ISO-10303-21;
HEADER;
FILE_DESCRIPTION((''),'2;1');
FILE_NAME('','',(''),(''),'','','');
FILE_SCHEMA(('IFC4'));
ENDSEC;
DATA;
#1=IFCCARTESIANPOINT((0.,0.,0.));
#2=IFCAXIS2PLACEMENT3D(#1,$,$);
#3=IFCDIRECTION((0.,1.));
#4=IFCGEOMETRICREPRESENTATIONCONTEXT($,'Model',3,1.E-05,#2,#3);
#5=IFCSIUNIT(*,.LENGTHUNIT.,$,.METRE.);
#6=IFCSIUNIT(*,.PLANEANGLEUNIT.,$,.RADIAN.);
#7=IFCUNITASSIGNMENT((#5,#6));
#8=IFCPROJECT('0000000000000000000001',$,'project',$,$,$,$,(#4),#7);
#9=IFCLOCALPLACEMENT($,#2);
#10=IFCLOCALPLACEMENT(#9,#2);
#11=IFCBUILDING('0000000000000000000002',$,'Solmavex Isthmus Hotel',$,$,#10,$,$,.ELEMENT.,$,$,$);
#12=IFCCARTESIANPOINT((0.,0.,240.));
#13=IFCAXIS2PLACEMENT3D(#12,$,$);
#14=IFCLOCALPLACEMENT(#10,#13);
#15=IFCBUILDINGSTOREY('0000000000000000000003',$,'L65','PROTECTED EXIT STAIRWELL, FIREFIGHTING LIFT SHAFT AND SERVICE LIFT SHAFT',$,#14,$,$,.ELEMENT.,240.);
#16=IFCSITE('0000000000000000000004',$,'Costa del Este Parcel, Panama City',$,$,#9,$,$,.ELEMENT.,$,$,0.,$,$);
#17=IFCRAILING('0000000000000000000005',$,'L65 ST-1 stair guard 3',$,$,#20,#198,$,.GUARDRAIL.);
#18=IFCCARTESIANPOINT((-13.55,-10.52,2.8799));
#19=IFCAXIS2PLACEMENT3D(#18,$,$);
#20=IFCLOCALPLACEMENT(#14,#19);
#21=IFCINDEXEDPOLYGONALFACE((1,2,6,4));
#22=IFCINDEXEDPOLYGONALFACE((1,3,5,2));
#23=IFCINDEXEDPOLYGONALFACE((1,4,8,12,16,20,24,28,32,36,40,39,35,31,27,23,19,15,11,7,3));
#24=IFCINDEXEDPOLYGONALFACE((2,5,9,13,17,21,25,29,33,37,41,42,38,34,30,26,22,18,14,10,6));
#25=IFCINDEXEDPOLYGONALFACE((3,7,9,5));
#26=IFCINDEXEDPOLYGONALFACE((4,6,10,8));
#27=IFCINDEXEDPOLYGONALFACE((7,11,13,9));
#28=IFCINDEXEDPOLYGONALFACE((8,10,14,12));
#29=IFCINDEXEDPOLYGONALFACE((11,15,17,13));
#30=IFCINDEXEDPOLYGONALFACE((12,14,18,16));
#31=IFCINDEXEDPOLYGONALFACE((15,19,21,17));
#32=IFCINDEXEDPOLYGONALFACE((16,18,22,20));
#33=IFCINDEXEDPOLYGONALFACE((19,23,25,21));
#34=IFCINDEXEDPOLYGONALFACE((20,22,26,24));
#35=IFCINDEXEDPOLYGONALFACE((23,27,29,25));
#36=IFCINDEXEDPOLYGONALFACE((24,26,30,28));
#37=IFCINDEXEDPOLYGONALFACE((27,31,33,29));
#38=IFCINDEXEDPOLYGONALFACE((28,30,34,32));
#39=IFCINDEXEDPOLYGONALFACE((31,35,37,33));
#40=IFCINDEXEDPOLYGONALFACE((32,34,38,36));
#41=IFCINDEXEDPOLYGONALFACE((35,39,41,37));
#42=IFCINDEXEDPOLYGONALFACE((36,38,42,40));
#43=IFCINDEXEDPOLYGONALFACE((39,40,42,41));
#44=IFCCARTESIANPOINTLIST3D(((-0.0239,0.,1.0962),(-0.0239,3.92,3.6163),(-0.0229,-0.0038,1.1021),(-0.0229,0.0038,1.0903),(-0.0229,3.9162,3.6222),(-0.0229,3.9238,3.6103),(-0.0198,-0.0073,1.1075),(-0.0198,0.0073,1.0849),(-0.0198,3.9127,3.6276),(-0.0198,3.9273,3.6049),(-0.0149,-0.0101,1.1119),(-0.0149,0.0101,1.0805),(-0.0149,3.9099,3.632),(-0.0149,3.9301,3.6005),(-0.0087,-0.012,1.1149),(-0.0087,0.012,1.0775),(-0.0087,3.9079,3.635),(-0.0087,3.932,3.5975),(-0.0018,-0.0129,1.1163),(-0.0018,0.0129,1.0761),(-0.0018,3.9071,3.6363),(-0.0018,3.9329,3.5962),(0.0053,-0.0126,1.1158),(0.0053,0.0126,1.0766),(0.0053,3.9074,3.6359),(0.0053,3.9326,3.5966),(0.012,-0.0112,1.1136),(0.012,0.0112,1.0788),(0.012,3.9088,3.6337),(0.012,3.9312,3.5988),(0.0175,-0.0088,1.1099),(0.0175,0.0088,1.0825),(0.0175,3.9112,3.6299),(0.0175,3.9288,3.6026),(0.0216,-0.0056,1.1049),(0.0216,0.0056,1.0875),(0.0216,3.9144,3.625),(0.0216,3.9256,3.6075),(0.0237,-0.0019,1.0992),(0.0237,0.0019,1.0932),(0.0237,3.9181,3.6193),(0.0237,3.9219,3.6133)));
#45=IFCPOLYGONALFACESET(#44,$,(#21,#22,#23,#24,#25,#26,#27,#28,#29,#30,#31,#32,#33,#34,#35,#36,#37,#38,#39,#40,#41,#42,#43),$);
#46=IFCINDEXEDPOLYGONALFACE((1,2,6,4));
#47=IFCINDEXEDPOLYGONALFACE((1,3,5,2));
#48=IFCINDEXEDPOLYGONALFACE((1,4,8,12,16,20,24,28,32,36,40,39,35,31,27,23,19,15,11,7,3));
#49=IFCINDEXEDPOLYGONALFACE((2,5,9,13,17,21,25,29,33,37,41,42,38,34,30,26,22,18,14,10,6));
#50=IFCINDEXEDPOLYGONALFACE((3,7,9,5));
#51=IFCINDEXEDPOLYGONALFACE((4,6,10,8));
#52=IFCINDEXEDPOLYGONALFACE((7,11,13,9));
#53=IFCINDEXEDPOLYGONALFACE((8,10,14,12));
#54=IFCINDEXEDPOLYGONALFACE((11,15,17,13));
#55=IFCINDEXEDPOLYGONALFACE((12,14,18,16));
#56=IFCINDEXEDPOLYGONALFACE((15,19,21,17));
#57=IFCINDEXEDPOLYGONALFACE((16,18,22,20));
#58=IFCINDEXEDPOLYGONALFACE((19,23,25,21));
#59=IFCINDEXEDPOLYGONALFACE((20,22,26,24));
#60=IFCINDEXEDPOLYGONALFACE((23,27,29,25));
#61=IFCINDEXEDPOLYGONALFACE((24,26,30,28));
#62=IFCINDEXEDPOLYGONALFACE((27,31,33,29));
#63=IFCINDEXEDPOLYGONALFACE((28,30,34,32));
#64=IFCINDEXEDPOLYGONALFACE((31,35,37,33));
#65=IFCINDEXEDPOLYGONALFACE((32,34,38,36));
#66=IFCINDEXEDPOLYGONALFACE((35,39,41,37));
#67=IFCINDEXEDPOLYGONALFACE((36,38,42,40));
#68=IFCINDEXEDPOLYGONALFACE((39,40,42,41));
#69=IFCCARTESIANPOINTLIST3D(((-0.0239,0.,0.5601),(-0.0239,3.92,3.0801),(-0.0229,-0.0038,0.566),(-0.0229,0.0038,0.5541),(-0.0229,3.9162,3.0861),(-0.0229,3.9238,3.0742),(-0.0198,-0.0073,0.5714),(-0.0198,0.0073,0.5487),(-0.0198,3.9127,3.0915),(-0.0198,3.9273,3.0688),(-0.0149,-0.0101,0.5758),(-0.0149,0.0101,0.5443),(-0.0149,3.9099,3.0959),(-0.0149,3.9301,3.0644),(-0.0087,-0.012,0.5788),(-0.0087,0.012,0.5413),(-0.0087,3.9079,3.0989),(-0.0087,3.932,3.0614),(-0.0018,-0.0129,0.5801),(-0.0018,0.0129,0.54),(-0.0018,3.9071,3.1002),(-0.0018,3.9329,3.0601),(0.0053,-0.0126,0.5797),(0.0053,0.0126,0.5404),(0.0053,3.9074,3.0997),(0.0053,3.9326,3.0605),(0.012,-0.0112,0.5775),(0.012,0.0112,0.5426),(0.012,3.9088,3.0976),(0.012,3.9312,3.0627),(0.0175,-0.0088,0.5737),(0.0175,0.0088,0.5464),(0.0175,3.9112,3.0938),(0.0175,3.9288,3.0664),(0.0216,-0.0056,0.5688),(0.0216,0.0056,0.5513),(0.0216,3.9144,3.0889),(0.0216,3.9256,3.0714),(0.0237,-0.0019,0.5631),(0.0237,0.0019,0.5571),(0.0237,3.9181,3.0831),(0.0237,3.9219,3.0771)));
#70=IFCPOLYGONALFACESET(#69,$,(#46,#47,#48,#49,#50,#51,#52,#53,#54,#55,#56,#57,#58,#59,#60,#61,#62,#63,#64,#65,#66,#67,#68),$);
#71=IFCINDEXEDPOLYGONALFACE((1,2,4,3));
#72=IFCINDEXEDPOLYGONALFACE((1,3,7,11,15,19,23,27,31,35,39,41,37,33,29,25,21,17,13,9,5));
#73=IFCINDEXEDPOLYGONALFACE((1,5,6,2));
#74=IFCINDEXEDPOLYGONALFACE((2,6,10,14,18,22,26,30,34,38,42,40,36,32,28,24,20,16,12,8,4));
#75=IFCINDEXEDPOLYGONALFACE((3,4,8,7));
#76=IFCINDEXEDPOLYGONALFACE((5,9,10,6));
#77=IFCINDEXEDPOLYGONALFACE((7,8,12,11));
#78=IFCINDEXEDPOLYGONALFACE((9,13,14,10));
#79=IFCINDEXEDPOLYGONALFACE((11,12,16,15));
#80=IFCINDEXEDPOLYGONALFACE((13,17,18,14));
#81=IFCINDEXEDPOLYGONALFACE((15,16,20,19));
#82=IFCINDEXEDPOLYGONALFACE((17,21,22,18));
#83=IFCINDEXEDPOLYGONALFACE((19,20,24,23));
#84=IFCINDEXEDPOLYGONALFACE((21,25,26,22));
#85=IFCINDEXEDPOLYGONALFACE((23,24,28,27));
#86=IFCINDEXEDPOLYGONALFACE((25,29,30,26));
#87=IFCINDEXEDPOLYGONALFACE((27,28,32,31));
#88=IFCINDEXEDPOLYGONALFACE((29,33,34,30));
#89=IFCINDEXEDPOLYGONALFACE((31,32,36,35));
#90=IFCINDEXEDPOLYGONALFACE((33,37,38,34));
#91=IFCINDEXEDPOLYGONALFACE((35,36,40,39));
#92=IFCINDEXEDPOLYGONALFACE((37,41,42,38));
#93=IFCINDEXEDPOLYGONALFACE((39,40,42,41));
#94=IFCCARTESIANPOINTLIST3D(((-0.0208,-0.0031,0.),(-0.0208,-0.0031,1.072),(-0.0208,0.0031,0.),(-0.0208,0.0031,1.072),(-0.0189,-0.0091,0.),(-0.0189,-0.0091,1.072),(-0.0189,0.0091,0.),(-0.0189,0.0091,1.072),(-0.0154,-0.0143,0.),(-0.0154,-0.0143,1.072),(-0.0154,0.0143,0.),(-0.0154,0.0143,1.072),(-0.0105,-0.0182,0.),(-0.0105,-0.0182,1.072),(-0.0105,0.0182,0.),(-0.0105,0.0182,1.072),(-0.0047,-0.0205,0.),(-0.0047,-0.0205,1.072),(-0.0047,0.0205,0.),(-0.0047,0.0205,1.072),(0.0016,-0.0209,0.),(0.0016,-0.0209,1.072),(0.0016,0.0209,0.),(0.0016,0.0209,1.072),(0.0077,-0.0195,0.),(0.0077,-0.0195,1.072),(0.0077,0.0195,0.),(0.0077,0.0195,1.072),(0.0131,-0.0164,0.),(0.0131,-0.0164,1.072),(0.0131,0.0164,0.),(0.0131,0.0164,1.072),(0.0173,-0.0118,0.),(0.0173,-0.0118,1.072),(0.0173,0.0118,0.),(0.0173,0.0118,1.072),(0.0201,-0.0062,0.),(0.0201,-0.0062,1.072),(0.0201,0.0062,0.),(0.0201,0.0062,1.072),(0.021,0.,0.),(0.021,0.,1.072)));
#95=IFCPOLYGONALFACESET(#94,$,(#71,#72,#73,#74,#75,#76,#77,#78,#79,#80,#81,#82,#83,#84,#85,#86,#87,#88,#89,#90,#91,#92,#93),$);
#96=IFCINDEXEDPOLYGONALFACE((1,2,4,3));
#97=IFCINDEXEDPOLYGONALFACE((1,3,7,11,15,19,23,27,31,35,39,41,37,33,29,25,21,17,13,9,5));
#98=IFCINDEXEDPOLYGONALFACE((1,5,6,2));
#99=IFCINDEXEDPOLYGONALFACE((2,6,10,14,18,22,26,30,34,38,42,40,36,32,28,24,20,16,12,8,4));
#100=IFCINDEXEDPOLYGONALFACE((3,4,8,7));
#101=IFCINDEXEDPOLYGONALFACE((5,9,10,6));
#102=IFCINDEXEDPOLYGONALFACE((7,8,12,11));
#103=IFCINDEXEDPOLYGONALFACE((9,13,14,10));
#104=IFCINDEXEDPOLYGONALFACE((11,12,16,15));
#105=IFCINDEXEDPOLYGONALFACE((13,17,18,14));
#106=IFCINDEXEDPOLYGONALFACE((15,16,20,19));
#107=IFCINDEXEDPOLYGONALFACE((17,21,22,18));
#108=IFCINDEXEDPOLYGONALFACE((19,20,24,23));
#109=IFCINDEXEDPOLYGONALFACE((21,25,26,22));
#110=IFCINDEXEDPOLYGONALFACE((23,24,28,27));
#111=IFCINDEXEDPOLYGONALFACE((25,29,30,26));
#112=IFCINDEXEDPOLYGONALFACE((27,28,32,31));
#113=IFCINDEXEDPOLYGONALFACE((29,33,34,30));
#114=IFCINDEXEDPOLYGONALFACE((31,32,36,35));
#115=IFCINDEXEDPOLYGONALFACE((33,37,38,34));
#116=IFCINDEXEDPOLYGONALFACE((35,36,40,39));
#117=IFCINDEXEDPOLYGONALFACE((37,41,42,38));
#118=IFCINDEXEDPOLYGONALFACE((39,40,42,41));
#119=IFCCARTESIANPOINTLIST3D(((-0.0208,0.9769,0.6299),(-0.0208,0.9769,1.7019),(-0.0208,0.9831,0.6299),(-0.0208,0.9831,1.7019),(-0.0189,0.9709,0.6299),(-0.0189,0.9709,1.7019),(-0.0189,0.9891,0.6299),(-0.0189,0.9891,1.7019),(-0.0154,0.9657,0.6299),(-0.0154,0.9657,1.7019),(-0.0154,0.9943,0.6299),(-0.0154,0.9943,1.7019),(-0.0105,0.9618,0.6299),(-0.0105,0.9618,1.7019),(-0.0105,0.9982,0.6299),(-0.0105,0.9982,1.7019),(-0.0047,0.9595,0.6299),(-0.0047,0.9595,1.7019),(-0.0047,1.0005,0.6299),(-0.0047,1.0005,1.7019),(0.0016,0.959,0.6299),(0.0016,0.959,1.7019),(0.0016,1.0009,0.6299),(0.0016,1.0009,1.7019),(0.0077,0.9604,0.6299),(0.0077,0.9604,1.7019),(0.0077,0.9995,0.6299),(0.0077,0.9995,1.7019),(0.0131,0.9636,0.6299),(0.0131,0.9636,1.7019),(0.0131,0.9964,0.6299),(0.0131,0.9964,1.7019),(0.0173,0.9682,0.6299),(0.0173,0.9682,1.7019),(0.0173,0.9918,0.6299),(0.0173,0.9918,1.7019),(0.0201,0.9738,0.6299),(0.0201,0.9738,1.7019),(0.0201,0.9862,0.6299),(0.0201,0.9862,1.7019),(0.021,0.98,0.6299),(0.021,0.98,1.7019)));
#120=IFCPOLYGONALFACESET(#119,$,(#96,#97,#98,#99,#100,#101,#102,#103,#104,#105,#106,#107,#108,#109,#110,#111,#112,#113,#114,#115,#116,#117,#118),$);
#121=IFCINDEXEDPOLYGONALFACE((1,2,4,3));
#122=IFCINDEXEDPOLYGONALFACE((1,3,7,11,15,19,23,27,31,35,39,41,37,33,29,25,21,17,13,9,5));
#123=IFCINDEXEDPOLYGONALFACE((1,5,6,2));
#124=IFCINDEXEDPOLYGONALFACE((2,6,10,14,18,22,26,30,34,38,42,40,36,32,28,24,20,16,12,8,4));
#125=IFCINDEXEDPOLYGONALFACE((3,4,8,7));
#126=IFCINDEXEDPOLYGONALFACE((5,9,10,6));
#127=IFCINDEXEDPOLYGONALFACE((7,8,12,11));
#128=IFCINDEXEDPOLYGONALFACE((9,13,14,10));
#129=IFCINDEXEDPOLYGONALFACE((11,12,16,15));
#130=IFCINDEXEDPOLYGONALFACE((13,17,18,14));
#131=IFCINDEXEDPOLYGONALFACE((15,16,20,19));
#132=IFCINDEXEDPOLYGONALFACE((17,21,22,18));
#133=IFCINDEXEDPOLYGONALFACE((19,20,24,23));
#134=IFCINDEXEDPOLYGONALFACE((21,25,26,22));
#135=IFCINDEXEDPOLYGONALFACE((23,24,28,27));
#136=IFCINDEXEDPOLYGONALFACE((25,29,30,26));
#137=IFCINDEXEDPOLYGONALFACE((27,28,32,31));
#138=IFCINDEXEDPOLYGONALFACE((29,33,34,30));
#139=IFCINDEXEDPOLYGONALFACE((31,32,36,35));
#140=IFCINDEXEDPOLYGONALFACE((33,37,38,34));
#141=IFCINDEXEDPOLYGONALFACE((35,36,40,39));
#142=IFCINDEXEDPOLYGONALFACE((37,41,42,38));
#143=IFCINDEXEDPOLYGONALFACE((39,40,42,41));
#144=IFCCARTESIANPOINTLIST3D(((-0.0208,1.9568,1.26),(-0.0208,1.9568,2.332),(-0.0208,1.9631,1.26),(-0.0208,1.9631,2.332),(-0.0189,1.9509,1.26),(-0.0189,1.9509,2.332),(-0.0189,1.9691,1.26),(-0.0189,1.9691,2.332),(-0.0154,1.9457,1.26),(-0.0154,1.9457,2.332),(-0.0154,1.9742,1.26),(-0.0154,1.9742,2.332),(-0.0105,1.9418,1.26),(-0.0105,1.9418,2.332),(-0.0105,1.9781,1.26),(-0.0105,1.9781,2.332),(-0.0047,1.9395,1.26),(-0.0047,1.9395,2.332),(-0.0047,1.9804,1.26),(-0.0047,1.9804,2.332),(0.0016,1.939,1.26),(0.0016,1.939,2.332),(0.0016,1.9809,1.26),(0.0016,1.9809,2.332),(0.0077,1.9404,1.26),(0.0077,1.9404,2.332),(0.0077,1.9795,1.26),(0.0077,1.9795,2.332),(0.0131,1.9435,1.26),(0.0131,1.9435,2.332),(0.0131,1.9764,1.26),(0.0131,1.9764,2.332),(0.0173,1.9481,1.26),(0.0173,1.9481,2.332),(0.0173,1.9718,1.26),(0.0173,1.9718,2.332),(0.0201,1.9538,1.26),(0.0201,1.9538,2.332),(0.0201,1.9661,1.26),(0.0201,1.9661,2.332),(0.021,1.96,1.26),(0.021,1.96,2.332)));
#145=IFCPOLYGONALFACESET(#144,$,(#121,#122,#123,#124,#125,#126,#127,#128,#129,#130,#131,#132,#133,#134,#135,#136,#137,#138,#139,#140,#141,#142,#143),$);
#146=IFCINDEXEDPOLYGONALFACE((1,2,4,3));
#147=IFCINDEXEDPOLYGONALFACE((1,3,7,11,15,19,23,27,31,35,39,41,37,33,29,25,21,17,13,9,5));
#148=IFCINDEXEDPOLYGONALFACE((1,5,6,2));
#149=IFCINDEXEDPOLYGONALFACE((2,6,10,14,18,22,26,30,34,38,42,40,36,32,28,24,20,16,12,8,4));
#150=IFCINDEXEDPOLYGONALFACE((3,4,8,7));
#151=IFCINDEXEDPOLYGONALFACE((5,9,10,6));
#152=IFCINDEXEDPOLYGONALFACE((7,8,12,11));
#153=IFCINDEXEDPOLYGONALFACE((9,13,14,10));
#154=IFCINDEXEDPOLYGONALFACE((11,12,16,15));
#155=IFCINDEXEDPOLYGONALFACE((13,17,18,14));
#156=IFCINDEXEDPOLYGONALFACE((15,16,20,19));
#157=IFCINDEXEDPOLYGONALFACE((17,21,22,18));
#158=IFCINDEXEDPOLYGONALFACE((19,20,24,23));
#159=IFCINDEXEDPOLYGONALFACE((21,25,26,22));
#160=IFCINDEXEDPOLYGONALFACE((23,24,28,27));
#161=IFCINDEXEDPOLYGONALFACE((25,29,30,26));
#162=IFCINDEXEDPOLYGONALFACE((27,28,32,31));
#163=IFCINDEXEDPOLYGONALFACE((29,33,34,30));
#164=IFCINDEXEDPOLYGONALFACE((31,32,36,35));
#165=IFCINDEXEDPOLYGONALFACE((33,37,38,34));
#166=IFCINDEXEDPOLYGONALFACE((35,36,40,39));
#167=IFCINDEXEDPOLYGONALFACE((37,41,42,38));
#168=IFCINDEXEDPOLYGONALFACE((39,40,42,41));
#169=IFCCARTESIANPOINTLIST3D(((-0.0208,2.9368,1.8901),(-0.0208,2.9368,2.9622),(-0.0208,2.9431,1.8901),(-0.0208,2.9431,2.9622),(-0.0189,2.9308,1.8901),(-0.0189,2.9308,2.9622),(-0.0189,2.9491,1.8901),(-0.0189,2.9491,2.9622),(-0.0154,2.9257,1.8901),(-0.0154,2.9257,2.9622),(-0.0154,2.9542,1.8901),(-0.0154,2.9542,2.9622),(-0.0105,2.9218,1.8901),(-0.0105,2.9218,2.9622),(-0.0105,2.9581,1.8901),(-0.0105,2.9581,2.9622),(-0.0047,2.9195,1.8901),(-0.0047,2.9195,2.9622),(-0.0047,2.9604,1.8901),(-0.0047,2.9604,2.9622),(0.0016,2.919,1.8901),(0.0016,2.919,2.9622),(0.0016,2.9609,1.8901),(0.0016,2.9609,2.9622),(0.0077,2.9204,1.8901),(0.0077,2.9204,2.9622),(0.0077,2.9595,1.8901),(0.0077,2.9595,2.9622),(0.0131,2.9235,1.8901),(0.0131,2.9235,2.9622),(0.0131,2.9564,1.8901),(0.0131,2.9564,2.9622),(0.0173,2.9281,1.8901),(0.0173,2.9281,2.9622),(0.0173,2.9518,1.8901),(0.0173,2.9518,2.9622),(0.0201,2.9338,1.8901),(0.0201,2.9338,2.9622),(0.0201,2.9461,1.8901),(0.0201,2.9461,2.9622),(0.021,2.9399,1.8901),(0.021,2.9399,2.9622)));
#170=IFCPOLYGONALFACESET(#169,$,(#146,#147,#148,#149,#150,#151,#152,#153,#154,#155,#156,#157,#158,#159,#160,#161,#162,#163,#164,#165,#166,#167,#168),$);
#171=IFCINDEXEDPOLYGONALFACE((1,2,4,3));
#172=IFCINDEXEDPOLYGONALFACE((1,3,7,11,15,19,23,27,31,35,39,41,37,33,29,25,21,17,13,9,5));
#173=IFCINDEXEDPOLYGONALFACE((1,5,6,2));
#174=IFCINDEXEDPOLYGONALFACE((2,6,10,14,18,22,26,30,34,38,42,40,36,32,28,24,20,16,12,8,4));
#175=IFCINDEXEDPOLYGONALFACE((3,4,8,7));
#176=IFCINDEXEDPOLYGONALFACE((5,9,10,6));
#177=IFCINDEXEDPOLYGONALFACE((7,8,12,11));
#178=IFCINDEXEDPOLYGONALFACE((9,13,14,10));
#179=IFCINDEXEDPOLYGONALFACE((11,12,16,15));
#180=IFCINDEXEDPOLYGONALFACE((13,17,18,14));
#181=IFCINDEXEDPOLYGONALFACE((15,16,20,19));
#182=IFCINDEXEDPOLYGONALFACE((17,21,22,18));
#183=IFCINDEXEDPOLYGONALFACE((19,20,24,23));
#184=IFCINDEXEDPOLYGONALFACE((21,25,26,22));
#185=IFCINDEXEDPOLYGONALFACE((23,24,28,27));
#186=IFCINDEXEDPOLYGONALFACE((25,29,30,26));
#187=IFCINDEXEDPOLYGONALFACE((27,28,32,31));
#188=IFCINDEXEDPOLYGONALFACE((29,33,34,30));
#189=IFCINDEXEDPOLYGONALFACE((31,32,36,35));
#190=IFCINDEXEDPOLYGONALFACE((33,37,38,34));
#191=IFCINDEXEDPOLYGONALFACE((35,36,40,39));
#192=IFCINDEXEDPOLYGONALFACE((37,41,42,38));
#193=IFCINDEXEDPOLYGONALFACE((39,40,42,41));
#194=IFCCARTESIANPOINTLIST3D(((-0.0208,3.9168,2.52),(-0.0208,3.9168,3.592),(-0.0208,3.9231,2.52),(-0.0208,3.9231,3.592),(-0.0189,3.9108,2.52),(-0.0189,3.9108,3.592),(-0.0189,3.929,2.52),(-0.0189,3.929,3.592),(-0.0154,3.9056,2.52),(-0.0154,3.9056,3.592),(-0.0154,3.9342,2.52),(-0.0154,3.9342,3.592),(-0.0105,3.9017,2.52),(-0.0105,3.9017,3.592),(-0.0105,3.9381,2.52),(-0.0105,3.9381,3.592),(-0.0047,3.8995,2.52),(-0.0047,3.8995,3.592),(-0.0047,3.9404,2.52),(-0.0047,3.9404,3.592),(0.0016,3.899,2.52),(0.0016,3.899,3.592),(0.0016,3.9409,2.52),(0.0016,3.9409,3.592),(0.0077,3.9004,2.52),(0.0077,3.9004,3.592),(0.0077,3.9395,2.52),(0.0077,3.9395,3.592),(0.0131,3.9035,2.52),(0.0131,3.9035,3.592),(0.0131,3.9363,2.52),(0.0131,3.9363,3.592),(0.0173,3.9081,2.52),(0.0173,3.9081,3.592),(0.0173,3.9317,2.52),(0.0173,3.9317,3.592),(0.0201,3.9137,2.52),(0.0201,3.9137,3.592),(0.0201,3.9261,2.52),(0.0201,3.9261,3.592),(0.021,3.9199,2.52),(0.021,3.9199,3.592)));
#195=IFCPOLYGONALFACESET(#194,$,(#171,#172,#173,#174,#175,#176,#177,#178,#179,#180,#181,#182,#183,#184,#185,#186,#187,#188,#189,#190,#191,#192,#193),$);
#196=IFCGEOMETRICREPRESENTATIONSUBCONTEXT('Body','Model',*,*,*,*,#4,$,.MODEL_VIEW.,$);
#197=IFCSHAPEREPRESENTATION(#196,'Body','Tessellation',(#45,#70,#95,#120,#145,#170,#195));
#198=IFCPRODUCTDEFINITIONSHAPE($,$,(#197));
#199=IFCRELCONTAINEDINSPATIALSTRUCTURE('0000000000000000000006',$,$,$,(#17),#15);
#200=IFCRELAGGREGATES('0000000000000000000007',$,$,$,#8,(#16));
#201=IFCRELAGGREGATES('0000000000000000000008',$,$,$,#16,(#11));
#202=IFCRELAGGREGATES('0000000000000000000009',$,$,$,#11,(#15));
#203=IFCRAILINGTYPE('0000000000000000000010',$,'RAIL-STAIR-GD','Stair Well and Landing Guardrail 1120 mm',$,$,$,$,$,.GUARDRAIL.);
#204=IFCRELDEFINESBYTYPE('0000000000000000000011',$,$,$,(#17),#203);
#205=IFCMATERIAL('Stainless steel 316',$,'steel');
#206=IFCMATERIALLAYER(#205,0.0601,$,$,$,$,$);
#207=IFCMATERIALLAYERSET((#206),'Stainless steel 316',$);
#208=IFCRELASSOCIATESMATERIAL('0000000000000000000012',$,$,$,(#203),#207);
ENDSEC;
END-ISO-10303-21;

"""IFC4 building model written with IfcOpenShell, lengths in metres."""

from ifc_helpers import new_model, si_unit, direction, frame, origin, origin_2d, place, context, subcontext, project, spatial, circle, extrude, material, layer, layer_set, type_object, element, save


model = new_model("IFC4")

# Units and contexts
model_context = context("Model", 3, precision=1e-05, world=origin(), true_north=direction((0.0, 1.0)))
body_context = subcontext(model_context, "Body", "Model", "MODEL_VIEW")
ifc_project = project(units=[si_unit("LENGTHUNIT", "METRE"), si_unit("PLANEANGLEUNIT", "RADIAN")], contexts=[model_context])

# Site, building, storey
site_placement = place(None, origin())
site = spatial("IfcSite", under=ifc_project, at=site_placement, Name="Costa del Este Parcel, Panama City", CompositionType="ELEMENT", RefElevation=0.0)
building_placement = place(site_placement, origin())
building = spatial("IfcBuilding", under=site, at=building_placement, Name="Solmavex Isthmus Hotel", CompositionType="ELEMENT")
storey_placement = place(building_placement, frame((0.0, 0.0, 240.0)))
storey = spatial("IfcBuildingStorey", under=building, at=storey_placement, Name="L65", Description="PROTECTED EXIT STAIRWELL, FIREFIGHTING LIFT SHAFT AND SERVICE LIFT SHAFT", CompositionType="ELEMENT", Elevation=240.0)

# Railing
ifc_material_1 = material(Name="Stainless steel 316", Category="steel")
ifc_layer_1 = layer(ifc_material_1, 0.0601)
ifc_layer_set_1 = layer_set([ifc_layer_1], Name="Stainless steel 316")
railing_type_1 = type_object("IfcRailingType", Name="RAIL-STAIR-GD", Description="Stair Well and Landing Guardrail 1120 mm", PredefinedType="GUARDRAIL", material=ifc_layer_set_1)
railing_1_placement = place(storey_placement, frame((-13.55, -10.52, 2.8799)))
element("IfcRailing", 1, at=railing_1_placement, inside=storey, type_object=railing_type_1, Name="L65 ST-1 stair guard 3", PredefinedType="GUARDRAIL", context=body_context, shape_type="SweptSolid", body=[
    extrude(circle(Radius=0.0239, at=origin_2d()), frame((0.0, 0.0, 1.0962), z_axis=(0.0, 0.841172, 0.540768), x_axis=(-1.0, 0.0, 0.0)), (0.0, 0.0, 1.0), 4.6602),
    extrude(circle(Radius=0.0239, at=origin_2d()), frame((0.0, 0.0, 0.5601), z_axis=(0.0, 0.841172, 0.540768), x_axis=(-1.0, 0.0, 0.0)), (0.0, 0.0, 1.0), 4.6602),
    extrude(circle(Radius=0.021, at=origin_2d()), origin(), (0.0, 0.0, 1.0), 1.072),
    extrude(circle(Radius=0.021, at=origin_2d()), frame((0.0, 0.98, 0.6299)), (0.0, 0.0, 1.0), 1.072),
    extrude(circle(Radius=0.021, at=origin_2d()), frame((0.0, 1.96, 1.26)), (0.0, 0.0, 1.0), 1.072),
    extrude(circle(Radius=0.021, at=origin_2d()), frame((0.0, 2.9399, 1.8901)), (0.0, 0.0, 1.0), 1.072),
    extrude(circle(Radius=0.021, at=origin_2d()), frame((0.0, 3.9199, 2.52)), (0.0, 0.0, 1.0), 1.072),
])

save(model, "model.ifc")
